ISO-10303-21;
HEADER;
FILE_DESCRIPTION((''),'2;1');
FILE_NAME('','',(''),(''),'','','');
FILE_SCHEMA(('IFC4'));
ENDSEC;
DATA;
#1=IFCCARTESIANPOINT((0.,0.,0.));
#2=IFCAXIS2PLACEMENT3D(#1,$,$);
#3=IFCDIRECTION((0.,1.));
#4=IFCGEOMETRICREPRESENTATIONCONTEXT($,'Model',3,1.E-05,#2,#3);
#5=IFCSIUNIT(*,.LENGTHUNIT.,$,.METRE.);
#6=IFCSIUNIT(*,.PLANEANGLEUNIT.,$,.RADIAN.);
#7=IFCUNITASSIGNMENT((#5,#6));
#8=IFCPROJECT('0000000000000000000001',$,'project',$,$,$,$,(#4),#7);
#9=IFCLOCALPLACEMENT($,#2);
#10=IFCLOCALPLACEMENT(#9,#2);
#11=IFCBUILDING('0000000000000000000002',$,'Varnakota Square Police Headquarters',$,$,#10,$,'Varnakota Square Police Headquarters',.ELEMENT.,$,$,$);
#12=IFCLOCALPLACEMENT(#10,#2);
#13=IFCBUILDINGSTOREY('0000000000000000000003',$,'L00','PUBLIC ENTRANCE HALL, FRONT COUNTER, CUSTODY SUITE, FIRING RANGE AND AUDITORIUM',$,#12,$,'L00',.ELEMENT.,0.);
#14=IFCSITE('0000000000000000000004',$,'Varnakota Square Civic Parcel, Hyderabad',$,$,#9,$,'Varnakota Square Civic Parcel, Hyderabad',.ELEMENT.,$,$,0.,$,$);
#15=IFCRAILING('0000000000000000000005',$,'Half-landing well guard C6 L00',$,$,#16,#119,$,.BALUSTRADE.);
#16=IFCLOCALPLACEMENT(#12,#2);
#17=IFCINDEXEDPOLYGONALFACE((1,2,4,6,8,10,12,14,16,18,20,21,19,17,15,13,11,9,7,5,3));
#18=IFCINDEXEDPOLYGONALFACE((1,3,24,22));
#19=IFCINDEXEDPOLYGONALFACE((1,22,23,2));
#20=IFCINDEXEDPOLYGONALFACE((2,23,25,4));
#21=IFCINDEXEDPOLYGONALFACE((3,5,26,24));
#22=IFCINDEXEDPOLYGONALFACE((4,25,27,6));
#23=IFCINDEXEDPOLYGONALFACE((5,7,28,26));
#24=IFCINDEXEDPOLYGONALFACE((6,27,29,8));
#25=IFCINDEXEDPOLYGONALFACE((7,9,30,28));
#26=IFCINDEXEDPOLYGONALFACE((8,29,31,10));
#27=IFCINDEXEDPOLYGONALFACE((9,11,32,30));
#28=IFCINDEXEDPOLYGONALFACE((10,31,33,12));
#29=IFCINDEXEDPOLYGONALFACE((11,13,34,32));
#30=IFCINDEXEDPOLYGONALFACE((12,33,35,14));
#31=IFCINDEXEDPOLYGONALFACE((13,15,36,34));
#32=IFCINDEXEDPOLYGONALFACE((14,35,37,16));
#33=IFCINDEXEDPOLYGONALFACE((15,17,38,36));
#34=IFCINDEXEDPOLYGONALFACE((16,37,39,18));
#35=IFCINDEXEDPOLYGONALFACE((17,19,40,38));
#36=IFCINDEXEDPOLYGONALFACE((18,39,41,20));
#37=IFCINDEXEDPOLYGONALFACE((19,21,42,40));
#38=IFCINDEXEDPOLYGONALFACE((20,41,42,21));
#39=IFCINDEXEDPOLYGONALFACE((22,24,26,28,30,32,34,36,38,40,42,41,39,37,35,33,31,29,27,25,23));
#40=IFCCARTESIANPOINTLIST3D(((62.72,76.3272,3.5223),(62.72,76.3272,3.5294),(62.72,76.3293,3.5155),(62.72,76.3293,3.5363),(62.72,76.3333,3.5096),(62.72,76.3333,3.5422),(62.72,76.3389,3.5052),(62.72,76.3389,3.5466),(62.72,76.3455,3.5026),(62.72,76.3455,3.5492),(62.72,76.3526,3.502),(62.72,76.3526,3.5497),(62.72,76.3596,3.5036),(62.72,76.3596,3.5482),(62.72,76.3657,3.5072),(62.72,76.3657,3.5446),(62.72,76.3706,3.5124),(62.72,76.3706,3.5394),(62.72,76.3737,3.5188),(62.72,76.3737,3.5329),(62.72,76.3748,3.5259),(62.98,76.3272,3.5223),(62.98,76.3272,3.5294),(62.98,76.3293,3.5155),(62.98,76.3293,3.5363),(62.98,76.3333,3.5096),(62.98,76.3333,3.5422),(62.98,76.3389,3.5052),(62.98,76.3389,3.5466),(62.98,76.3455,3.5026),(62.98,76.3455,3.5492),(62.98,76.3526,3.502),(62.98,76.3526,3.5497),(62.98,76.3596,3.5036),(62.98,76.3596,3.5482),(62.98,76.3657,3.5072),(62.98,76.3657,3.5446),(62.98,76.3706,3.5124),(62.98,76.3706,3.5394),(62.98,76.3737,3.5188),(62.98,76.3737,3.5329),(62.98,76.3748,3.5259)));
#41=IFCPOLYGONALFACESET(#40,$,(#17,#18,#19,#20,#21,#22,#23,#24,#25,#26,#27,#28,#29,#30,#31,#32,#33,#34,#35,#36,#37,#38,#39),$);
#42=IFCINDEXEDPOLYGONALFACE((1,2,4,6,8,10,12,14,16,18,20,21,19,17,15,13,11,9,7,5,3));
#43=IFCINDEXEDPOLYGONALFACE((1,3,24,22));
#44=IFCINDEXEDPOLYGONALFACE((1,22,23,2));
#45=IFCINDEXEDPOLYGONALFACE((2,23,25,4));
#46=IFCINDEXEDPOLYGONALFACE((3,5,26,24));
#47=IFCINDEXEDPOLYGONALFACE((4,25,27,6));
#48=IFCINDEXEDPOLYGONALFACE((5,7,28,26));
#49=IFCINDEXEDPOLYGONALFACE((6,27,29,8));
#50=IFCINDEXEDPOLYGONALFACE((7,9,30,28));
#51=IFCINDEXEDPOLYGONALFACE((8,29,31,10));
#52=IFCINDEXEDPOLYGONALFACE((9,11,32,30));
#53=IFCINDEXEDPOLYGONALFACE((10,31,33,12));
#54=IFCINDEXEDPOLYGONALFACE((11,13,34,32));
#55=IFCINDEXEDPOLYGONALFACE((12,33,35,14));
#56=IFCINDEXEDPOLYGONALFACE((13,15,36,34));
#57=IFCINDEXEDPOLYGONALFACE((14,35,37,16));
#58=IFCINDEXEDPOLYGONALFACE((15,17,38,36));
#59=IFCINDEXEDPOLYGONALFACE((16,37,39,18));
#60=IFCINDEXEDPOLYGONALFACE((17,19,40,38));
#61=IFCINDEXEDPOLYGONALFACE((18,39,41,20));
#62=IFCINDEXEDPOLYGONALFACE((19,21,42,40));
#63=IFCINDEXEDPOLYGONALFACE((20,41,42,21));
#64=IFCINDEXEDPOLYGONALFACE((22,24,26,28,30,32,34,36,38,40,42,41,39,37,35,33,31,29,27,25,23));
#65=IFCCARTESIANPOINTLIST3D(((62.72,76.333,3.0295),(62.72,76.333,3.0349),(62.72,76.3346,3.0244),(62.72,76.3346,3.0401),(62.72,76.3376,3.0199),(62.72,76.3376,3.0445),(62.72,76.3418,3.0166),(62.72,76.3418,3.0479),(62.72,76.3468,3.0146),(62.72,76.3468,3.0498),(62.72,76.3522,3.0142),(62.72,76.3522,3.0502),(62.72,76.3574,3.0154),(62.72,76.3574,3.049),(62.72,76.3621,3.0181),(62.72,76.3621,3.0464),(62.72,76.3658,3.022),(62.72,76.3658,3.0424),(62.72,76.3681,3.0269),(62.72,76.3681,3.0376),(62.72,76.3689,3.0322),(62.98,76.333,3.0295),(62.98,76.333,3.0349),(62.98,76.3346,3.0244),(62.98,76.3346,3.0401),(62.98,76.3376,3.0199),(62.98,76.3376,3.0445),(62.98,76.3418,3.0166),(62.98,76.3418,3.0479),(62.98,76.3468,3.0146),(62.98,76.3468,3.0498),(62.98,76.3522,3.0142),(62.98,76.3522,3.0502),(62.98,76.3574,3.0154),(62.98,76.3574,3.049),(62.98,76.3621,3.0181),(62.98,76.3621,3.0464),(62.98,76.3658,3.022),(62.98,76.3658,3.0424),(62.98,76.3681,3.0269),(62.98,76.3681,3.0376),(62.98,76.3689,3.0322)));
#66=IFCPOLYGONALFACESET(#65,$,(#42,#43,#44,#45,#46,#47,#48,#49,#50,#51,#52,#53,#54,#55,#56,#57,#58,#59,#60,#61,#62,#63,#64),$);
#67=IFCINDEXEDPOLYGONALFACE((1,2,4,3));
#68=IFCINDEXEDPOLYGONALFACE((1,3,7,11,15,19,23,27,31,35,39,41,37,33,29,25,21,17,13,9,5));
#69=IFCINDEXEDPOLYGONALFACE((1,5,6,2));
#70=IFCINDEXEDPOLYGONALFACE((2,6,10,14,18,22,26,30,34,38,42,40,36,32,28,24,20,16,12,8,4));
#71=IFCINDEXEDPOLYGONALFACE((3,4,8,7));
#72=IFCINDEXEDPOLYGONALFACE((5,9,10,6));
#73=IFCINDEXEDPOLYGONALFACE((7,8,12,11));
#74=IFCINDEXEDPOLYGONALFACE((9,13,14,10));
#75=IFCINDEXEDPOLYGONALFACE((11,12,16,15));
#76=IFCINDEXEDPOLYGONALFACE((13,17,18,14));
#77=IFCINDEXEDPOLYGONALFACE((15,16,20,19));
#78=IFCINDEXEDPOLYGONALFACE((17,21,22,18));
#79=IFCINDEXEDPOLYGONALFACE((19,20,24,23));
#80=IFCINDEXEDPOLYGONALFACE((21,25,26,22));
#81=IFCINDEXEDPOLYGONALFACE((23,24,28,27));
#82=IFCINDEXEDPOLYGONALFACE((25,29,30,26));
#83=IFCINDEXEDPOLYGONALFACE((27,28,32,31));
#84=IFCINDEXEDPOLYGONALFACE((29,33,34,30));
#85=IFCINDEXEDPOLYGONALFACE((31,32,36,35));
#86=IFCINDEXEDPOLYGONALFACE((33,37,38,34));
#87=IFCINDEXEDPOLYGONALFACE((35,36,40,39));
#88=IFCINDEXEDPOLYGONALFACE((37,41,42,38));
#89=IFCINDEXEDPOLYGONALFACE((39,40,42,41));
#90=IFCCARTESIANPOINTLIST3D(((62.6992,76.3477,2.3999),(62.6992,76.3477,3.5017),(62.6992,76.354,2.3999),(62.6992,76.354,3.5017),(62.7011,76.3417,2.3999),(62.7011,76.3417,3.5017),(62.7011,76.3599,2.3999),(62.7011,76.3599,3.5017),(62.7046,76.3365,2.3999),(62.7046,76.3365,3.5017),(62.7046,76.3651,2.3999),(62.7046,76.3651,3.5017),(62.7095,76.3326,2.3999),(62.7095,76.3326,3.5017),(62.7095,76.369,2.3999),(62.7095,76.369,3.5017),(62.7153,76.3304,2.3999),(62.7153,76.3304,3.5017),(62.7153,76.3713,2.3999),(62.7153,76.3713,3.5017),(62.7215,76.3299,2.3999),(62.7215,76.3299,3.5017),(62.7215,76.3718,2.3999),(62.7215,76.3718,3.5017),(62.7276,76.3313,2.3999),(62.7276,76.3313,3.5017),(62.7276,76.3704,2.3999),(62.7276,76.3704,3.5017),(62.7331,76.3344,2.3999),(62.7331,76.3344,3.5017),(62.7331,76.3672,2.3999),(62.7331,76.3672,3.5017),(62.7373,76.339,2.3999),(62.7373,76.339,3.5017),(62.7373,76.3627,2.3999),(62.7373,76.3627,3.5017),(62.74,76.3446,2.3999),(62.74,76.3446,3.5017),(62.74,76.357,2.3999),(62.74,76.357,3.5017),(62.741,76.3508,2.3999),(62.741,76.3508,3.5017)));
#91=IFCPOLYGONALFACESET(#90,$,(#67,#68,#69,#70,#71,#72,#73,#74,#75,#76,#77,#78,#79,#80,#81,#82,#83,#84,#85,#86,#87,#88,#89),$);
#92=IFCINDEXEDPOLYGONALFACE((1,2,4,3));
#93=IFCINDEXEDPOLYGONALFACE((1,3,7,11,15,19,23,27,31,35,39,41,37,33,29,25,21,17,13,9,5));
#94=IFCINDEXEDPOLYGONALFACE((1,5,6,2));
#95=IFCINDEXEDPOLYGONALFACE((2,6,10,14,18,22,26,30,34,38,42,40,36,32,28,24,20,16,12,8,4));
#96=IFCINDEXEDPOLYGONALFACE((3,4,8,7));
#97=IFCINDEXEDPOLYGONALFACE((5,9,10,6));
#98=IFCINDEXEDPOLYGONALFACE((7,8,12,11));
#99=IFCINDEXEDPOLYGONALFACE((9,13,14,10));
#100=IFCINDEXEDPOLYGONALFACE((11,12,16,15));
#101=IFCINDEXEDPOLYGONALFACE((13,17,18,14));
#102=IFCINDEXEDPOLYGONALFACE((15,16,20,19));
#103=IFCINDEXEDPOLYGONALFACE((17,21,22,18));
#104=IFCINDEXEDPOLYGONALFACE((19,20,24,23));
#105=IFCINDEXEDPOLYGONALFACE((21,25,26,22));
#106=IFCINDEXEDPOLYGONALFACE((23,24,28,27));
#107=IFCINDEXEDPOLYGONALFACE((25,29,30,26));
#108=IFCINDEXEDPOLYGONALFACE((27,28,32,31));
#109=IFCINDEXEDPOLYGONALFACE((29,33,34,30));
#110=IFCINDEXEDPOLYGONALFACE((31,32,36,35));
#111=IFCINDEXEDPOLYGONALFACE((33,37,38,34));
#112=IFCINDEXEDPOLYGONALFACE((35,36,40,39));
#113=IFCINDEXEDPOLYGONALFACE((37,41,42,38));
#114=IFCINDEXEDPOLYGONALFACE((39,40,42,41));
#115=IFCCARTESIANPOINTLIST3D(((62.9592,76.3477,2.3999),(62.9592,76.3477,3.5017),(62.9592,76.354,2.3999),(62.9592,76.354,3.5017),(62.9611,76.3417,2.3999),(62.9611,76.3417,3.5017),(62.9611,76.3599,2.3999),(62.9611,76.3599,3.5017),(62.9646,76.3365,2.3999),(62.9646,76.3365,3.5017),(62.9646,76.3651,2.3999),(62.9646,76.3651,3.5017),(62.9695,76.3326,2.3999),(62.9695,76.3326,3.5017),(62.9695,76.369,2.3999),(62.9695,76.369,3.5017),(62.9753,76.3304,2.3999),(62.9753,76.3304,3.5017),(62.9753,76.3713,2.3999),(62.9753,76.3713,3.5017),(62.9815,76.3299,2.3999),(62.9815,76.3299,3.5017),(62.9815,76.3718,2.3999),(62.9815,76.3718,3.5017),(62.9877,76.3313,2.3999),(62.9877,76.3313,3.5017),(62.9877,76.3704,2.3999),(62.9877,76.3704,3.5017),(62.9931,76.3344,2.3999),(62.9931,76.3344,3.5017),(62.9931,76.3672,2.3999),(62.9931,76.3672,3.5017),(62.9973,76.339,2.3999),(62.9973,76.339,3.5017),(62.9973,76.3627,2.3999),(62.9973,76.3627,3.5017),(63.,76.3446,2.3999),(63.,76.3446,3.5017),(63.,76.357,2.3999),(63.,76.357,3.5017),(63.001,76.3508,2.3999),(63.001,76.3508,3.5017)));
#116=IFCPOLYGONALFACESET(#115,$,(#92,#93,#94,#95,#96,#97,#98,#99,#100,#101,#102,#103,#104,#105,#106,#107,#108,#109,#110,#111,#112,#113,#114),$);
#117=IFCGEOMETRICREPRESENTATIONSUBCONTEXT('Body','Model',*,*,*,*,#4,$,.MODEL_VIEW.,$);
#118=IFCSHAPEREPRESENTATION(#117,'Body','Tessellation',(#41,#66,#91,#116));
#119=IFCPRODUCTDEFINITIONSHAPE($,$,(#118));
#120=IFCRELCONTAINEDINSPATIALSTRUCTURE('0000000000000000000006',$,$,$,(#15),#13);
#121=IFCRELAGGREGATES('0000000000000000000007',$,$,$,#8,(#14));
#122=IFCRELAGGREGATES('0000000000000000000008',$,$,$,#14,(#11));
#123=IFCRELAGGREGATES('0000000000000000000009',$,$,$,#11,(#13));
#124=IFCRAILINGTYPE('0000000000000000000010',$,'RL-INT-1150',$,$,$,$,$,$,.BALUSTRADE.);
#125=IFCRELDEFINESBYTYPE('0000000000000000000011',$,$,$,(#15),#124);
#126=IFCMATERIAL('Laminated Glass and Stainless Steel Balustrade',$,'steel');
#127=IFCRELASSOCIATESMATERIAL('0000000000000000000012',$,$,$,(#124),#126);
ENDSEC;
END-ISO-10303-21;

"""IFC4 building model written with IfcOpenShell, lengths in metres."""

from ifc_helpers import new_model, si_unit, direction, frame, origin, origin_2d, place, context, subcontext, project, spatial, circle, extrude, material, type_object, element, save


model = new_model("IFC4")

# Units and contexts
model_context = context("Model", 3, precision=1e-05, world=origin(), true_north=direction((0.0, 1.0)))
body_context = subcontext(model_context, "Body", "Model", "MODEL_VIEW")
ifc_project = project(units=[si_unit("LENGTHUNIT", "METRE"), si_unit("PLANEANGLEUNIT", "RADIAN")], contexts=[model_context])

# Site, building, storey
site_placement = place(None, origin())
site = spatial("IfcSite", under=ifc_project, at=site_placement, Name="Varnakota Square Civic Parcel, Hyderabad", LongName="Varnakota Square Civic Parcel, Hyderabad", CompositionType="ELEMENT", RefElevation=0.0)
building_placement = place(site_placement, origin())
building = spatial("IfcBuilding", under=site, at=building_placement, Name="Varnakota Square Police Headquarters", LongName="Varnakota Square Police Headquarters", CompositionType="ELEMENT")
storey_placement = place(building_placement, origin())
storey = spatial("IfcBuildingStorey", under=building, at=storey_placement, Name="L00", Description="PUBLIC ENTRANCE HALL, FRONT COUNTER, CUSTODY SUITE, FIRING RANGE AND AUDITORIUM", LongName="L00", CompositionType="ELEMENT", Elevation=0.0)

# Railing
ifc_material_1 = material(Name="Laminated Glass and Stainless Steel Balustrade", Category="steel")
railing_type_1 = type_object("IfcRailingType", Name="RL-INT-1150", PredefinedType="BALUSTRADE", material=ifc_material_1)
railing_1_placement = place(storey_placement, frame((62.72, 76.3508, 2.3999)))
element("IfcRailing", 1, at=railing_1_placement, inside=storey, type_object=railing_type_1, Name="Half-landing well guard C6 L00", PredefinedType="BALUSTRADE", context=body_context, shape_type="SweptSolid", body=[
    extrude(circle(Radius=0.0239, at=origin_2d()), frame((0.0, 0.0, 1.126), z_axis=(1.0, 0.0, 0.0), x_axis=(0.0, 1.0, 0.0)), (0.0, 0.0, 1.0), 0.26),
    extrude(circle(Radius=0.0181, at=origin_2d()), frame((0.0, 0.0, 0.6323), z_axis=(1.0, 0.0, 0.0), x_axis=(0.0, 1.0, 0.0)), (0.0, 0.0, 1.0), 0.26),
    extrude(circle(Radius=0.021, at=origin_2d()), origin(), (0.0, 0.0, 1.0), 1.1018),
    extrude(circle(Radius=0.021, at=origin_2d()), frame((0.26, 0.0, 0.0)), (0.0, 0.0, 1.0), 1.1018),
])

save(model, "model.ifc")
